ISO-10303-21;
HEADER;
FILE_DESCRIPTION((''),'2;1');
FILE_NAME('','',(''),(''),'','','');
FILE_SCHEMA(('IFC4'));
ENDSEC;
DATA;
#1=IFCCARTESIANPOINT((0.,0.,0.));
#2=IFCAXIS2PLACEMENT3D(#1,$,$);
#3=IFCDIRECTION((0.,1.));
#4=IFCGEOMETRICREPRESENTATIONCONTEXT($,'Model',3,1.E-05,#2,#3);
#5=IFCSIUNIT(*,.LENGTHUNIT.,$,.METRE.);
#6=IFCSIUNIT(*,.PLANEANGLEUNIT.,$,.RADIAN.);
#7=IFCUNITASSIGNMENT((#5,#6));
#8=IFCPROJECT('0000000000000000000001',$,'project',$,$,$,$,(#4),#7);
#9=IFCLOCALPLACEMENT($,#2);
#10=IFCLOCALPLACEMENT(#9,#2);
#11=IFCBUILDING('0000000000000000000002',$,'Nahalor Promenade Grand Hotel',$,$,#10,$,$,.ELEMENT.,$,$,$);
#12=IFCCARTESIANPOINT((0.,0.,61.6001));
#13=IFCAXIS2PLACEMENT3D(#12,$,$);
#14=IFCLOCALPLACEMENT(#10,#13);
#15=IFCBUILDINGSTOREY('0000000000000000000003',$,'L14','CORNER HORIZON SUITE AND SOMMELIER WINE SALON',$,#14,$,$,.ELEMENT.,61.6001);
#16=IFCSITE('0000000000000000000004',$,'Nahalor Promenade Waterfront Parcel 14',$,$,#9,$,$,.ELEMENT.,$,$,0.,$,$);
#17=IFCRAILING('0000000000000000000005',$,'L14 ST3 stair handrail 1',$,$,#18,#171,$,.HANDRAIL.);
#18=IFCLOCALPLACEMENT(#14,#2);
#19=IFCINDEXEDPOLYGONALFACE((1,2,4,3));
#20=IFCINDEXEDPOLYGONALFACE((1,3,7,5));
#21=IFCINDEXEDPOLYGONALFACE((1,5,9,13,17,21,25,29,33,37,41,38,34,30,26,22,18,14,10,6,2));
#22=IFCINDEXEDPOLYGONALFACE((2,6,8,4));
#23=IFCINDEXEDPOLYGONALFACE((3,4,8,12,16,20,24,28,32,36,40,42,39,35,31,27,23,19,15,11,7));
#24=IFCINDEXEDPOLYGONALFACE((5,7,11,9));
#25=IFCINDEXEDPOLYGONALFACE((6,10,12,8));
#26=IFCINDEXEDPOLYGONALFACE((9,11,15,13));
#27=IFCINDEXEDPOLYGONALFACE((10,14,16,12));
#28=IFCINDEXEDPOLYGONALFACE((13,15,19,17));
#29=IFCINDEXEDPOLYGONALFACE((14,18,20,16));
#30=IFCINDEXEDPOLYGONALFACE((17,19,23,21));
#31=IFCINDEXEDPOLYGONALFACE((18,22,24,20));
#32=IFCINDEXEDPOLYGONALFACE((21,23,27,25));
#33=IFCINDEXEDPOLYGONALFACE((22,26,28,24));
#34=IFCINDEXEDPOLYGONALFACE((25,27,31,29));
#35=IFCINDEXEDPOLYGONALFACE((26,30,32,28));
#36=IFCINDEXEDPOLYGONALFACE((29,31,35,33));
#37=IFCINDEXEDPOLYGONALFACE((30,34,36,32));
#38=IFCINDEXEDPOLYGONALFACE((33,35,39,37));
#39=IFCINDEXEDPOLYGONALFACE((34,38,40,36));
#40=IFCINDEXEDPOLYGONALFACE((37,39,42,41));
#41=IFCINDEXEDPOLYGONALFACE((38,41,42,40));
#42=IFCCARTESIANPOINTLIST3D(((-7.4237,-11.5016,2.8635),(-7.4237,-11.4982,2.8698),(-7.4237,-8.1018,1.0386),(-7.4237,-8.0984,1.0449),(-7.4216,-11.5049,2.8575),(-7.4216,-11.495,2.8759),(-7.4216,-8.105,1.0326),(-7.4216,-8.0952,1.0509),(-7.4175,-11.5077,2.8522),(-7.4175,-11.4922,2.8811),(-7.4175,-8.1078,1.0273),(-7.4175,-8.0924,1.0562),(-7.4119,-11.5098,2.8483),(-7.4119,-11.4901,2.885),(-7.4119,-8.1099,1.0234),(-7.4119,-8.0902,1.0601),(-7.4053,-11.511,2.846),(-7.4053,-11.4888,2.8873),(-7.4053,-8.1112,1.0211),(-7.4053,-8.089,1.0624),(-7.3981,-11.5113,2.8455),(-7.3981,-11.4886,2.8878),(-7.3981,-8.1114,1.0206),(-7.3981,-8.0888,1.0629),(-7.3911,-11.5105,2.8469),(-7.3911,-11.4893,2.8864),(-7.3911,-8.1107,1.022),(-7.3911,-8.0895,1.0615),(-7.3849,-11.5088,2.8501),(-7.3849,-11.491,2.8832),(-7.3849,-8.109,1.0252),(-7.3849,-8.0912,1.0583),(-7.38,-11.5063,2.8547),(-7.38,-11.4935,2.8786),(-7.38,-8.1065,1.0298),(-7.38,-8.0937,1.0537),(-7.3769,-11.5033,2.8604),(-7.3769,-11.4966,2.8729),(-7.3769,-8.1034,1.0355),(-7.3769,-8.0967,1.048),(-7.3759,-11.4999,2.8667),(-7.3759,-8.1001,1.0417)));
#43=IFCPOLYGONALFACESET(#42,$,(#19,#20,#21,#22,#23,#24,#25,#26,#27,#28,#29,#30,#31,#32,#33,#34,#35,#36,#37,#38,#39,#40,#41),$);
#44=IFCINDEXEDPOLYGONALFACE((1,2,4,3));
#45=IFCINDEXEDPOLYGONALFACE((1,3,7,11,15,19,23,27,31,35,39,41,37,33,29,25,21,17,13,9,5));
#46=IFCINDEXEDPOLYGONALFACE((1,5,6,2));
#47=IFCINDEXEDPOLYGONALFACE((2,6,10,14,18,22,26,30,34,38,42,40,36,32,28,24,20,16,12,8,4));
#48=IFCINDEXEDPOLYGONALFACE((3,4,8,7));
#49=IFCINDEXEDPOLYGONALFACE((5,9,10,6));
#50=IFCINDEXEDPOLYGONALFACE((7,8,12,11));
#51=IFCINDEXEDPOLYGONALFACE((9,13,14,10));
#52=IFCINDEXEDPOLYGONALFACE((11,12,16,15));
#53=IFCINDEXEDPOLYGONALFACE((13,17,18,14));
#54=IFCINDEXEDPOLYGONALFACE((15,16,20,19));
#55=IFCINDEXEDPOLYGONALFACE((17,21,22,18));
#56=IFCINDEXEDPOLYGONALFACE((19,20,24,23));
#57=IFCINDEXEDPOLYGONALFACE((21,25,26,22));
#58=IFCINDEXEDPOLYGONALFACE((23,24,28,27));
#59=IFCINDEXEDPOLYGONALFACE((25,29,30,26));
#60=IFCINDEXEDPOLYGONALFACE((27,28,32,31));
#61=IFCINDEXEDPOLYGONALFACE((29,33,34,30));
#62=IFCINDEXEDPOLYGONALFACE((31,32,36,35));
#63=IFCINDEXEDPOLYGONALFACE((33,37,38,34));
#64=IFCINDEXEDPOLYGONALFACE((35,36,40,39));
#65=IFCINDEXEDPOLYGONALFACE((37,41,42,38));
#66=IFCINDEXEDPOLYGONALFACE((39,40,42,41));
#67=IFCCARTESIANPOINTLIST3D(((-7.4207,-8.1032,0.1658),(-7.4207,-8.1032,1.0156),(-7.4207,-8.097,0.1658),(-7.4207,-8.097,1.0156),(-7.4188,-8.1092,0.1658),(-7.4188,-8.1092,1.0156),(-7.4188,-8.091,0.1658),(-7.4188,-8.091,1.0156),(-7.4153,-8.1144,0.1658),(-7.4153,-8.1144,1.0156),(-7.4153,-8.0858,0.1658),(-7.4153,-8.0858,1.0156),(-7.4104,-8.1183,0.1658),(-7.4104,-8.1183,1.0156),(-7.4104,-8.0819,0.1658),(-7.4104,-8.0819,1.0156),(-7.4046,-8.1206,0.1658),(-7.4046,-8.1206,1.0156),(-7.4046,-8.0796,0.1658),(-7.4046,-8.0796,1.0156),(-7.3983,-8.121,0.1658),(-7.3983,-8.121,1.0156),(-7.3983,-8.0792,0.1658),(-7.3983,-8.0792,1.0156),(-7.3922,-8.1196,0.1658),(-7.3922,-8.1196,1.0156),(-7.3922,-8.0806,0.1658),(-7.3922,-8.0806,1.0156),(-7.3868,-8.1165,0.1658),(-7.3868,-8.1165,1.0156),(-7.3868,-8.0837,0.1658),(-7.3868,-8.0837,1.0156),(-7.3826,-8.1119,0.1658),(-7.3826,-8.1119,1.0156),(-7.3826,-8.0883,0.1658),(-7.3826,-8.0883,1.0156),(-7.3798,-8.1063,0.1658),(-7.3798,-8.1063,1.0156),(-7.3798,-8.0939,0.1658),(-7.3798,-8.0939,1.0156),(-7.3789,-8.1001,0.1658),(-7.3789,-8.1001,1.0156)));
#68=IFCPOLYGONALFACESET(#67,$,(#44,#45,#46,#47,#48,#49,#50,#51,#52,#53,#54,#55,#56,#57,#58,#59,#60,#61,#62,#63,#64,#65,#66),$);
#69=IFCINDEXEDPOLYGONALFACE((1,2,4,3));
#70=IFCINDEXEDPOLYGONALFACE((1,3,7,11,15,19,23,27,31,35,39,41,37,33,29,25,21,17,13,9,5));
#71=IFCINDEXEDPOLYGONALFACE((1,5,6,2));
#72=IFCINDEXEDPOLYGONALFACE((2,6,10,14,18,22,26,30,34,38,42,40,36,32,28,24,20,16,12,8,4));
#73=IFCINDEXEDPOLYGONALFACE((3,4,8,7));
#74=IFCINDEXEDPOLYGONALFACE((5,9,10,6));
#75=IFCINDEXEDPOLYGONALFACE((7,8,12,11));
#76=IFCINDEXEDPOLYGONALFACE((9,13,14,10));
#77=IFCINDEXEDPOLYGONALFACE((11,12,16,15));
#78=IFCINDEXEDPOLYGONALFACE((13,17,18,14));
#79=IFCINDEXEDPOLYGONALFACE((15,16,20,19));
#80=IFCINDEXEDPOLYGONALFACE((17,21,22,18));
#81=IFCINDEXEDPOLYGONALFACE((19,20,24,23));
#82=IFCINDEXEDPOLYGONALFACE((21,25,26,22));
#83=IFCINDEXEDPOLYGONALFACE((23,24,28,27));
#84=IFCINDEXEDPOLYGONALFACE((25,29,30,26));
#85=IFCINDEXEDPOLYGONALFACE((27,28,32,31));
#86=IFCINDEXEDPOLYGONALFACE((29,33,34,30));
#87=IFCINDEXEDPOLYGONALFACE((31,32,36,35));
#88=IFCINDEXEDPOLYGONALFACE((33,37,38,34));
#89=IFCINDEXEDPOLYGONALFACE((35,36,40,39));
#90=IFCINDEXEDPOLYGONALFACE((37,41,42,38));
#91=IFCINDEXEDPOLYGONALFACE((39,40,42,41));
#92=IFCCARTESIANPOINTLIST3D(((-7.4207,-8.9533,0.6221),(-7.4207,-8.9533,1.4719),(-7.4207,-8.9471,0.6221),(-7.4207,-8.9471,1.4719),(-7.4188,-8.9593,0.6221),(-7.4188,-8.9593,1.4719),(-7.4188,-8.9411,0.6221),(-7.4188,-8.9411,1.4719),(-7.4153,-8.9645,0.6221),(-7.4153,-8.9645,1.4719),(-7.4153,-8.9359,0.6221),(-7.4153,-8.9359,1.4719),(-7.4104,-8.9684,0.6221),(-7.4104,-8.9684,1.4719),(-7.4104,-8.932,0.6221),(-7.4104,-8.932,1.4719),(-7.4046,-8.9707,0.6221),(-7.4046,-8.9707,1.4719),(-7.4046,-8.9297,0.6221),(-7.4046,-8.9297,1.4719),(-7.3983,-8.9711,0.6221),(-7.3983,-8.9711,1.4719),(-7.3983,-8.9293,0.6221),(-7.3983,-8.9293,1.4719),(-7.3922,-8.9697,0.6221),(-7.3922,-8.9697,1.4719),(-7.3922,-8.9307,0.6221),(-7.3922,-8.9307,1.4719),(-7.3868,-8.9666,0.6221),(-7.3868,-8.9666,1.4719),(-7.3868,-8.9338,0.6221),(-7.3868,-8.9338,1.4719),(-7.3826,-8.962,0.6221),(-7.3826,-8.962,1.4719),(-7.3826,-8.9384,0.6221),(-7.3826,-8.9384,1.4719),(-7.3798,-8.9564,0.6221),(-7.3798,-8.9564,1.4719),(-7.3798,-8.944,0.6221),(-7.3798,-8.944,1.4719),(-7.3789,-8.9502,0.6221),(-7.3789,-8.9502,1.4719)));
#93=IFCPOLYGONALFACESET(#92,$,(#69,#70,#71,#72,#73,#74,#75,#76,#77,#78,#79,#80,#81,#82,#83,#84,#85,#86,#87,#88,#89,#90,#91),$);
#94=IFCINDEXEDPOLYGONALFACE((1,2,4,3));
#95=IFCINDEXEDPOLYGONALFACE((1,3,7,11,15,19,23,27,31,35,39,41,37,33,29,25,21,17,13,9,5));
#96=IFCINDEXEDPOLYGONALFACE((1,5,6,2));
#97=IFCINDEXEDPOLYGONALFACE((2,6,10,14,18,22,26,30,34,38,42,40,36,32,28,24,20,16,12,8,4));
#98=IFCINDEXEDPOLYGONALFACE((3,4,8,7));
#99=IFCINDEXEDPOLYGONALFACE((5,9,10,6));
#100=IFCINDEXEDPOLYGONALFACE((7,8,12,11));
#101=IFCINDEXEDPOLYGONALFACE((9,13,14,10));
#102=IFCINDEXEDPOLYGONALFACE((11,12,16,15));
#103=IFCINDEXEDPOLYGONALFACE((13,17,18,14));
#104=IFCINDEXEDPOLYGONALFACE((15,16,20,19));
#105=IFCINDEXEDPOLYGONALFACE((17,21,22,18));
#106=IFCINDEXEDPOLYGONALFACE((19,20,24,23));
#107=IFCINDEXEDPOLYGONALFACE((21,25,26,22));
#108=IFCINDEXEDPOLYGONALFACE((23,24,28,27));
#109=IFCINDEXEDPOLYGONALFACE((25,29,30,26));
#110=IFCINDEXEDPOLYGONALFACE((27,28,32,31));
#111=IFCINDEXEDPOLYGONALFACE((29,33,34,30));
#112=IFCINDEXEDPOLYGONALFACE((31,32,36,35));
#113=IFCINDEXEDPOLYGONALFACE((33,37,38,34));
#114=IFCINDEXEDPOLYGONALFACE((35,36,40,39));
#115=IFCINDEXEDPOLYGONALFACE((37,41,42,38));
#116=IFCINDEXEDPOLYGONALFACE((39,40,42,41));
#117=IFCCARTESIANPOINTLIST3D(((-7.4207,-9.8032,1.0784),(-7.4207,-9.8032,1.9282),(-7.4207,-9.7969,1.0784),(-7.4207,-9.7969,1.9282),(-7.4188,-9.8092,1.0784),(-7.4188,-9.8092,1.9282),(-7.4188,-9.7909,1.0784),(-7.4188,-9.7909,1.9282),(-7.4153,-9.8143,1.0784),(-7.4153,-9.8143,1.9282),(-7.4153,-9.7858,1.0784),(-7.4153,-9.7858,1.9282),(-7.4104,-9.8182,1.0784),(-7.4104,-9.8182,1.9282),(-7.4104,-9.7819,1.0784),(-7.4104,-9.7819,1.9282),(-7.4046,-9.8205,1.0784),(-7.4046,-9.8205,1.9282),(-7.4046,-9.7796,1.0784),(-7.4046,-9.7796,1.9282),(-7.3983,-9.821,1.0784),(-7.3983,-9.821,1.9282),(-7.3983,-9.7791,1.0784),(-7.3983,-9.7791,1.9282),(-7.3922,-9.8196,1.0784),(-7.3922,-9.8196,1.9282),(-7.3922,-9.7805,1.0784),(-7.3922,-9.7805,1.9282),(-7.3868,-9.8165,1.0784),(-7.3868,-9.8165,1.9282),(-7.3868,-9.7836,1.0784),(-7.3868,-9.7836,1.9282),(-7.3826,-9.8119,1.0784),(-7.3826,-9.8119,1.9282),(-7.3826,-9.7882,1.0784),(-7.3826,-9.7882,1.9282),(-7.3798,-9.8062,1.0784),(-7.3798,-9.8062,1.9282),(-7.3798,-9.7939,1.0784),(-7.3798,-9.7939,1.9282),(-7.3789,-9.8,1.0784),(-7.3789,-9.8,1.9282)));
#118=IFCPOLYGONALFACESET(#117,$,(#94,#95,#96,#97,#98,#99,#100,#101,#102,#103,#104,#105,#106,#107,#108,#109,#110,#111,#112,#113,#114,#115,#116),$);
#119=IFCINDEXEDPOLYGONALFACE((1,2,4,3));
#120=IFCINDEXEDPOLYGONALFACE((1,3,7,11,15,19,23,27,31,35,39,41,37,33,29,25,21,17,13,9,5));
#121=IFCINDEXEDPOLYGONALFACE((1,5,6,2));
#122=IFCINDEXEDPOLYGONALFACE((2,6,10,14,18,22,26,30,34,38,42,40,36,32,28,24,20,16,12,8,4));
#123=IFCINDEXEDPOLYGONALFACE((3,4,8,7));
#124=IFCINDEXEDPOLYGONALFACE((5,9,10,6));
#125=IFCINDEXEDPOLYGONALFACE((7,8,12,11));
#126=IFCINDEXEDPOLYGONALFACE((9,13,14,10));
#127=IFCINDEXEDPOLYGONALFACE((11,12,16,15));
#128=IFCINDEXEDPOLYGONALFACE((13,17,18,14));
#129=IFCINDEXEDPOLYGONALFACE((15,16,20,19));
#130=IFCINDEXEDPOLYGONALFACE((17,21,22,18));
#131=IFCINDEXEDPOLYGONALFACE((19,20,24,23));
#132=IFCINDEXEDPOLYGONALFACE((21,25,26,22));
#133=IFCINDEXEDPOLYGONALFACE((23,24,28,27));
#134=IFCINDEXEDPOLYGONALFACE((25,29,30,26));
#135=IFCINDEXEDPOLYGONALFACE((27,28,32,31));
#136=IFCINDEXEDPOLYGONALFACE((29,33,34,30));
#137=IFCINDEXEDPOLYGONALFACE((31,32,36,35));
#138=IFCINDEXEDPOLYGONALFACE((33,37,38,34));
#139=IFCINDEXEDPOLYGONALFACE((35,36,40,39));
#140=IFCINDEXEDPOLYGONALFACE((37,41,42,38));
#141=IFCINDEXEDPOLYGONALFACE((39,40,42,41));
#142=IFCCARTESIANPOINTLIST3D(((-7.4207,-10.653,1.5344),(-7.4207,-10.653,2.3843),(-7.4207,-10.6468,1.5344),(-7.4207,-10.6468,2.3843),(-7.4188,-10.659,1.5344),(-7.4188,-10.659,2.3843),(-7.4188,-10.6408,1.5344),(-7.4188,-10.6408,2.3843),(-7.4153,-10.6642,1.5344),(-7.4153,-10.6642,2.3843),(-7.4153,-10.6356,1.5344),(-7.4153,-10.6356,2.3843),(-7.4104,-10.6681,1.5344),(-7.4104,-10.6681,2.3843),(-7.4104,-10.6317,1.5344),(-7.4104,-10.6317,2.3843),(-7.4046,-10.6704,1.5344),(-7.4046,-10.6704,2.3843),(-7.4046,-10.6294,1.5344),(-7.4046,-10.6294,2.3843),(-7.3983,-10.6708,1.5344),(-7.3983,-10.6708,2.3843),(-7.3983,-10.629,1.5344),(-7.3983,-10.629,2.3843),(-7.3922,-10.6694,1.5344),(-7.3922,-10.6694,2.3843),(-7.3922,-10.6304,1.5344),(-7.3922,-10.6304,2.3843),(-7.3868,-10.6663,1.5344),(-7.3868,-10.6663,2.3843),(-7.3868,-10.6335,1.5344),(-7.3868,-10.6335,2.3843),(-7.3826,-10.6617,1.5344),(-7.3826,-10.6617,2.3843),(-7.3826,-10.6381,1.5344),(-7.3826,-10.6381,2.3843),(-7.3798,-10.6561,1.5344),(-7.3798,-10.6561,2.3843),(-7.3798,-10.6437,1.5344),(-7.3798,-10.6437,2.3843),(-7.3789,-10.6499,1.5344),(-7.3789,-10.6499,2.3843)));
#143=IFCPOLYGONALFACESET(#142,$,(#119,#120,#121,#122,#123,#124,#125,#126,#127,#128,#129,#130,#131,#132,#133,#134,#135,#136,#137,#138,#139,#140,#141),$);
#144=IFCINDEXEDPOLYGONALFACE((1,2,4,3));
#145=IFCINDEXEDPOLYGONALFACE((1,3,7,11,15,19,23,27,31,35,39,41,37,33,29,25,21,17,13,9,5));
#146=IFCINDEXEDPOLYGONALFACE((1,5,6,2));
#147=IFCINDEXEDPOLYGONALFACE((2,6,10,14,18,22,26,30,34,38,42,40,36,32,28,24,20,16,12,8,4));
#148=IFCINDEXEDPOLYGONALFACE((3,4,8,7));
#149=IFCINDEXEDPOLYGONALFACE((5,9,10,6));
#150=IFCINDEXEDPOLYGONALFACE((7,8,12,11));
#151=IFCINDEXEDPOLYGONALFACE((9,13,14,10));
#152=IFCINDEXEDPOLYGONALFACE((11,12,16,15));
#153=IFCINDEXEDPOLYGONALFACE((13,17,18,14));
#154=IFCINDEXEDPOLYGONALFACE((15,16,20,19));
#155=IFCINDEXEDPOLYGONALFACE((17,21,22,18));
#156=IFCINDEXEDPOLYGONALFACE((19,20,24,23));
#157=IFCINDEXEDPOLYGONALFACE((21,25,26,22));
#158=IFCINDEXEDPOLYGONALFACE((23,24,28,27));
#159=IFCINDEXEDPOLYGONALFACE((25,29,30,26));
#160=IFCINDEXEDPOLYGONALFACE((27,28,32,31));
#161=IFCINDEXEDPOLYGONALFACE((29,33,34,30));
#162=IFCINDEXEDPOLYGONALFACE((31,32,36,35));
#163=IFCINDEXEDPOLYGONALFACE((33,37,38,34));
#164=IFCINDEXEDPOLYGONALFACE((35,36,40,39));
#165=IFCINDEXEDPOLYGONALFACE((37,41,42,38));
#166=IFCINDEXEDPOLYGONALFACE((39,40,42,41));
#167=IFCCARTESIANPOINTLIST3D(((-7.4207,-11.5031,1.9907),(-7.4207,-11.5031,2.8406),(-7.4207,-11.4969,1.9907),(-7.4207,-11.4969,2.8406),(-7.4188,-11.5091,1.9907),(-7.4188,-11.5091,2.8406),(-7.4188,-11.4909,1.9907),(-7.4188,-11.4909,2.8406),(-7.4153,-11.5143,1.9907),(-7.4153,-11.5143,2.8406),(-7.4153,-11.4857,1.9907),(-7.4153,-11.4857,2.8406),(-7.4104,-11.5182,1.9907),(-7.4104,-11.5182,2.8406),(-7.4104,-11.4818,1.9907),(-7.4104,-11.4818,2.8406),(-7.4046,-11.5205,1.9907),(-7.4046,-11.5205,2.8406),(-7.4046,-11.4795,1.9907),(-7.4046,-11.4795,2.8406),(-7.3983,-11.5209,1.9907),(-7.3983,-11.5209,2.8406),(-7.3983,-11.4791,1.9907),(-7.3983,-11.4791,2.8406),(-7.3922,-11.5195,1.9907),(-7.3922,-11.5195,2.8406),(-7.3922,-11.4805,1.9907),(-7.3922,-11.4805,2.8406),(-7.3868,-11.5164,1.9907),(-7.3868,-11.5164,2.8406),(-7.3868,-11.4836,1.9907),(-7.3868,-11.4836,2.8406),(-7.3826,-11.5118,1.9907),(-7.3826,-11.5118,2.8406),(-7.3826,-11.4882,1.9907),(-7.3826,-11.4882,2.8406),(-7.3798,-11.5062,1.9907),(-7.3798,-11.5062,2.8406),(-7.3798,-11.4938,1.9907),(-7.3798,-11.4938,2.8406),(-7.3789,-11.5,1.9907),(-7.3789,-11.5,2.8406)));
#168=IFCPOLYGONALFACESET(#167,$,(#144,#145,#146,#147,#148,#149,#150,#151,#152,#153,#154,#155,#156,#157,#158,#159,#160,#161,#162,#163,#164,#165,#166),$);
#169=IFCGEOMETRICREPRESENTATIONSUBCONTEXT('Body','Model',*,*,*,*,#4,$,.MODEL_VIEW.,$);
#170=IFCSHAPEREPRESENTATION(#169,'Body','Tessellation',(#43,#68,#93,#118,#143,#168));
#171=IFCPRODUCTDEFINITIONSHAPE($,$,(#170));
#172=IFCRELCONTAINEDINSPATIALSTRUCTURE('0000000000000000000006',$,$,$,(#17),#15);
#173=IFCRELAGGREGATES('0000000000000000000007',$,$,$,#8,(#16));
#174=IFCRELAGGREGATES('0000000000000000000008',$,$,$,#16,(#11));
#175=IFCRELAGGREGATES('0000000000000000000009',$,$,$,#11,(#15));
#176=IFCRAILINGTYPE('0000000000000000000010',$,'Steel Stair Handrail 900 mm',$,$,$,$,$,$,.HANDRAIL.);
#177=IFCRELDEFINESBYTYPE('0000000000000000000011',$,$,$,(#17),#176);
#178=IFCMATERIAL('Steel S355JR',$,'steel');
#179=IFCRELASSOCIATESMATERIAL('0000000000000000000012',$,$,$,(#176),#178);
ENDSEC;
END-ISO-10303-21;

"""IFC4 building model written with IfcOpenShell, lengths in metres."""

from ifc_helpers import new_model, si_unit, direction, frame, origin, origin_2d, place, context, subcontext, project, spatial, circle, extrude, material, type_object, element, save


model = new_model("IFC4")

# Units and contexts
model_context = context("Model", 3, precision=1e-05, world=origin(), true_north=direction((0.0, 1.0)))
body_context = subcontext(model_context, "Body", "Model", "MODEL_VIEW")
ifc_project = project(units=[si_unit("LENGTHUNIT", "METRE"), si_unit("PLANEANGLEUNIT", "RADIAN")], contexts=[model_context])

# Site, building, storey
site_placement = place(None, origin())
site = spatial("IfcSite", under=ifc_project, at=site_placement, Name="Nahalor Promenade Waterfront Parcel 14", CompositionType="ELEMENT", RefElevation=0.0)
building_placement = place(site_placement, origin())
building = spatial("IfcBuilding", under=site, at=building_placement, Name="Nahalor Promenade Grand Hotel", CompositionType="ELEMENT")
storey_placement = place(building_placement, frame((0.0, 0.0, 61.6001)))
storey = spatial("IfcBuildingStorey", under=building, at=storey_placement, Name="L14", Description="CORNER HORIZON SUITE AND SOMMELIER WINE SALON", CompositionType="ELEMENT", Elevation=61.6001)

# Shared definitions
ifc_material_1 = material(Name="Steel S355JR", Category="steel")

# Railing
railing_type_1 = type_object("IfcRailingType", Name="Steel Stair Handrail 900 mm", PredefinedType="HANDRAIL", material=ifc_material_1)
for number, where, name in (
    (1, (-7.3999, -8.1001, 0.1658), "L14 ST3 stair handrail 1"),
):
    element("IfcRailing", number, at=place(storey_placement, frame(where)), inside=storey, type_object=railing_type_1, Name=name, PredefinedType="HANDRAIL", context=body_context, shape_type="SweptSolid", body=[
        extrude(circle(Radius=0.024, at=origin_2d()), frame((0.0, 0.0, 0.876), z_axis=(0.0, -0.881094, 0.472941), x_axis=(1.0, 0.0, 0.0)), (0.0, 0.0, 1.0), 3.8586),
        extrude(circle(Radius=0.021, at=origin_2d()), origin(), (0.0, 0.0, 1.0), 0.8499),
        extrude(circle(Radius=0.021, at=origin_2d()), frame((0.0, -0.8501, 0.4563)), (0.0, 0.0, 1.0), 0.8499),
        extrude(circle(Radius=0.021, at=origin_2d()), frame((0.0, -1.7, 0.9126)), (0.0, 0.0, 1.0), 0.8499),
        extrude(circle(Radius=0.021, at=origin_2d()), frame((0.0, -2.5498, 1.3687)), (0.0, 0.0, 1.0), 0.8499),
        extrude(circle(Radius=0.021, at=origin_2d()), frame((0.0, -3.3999, 1.825)), (0.0, 0.0, 1.0), 0.8499),
    ])

save(model, "model.ifc")
